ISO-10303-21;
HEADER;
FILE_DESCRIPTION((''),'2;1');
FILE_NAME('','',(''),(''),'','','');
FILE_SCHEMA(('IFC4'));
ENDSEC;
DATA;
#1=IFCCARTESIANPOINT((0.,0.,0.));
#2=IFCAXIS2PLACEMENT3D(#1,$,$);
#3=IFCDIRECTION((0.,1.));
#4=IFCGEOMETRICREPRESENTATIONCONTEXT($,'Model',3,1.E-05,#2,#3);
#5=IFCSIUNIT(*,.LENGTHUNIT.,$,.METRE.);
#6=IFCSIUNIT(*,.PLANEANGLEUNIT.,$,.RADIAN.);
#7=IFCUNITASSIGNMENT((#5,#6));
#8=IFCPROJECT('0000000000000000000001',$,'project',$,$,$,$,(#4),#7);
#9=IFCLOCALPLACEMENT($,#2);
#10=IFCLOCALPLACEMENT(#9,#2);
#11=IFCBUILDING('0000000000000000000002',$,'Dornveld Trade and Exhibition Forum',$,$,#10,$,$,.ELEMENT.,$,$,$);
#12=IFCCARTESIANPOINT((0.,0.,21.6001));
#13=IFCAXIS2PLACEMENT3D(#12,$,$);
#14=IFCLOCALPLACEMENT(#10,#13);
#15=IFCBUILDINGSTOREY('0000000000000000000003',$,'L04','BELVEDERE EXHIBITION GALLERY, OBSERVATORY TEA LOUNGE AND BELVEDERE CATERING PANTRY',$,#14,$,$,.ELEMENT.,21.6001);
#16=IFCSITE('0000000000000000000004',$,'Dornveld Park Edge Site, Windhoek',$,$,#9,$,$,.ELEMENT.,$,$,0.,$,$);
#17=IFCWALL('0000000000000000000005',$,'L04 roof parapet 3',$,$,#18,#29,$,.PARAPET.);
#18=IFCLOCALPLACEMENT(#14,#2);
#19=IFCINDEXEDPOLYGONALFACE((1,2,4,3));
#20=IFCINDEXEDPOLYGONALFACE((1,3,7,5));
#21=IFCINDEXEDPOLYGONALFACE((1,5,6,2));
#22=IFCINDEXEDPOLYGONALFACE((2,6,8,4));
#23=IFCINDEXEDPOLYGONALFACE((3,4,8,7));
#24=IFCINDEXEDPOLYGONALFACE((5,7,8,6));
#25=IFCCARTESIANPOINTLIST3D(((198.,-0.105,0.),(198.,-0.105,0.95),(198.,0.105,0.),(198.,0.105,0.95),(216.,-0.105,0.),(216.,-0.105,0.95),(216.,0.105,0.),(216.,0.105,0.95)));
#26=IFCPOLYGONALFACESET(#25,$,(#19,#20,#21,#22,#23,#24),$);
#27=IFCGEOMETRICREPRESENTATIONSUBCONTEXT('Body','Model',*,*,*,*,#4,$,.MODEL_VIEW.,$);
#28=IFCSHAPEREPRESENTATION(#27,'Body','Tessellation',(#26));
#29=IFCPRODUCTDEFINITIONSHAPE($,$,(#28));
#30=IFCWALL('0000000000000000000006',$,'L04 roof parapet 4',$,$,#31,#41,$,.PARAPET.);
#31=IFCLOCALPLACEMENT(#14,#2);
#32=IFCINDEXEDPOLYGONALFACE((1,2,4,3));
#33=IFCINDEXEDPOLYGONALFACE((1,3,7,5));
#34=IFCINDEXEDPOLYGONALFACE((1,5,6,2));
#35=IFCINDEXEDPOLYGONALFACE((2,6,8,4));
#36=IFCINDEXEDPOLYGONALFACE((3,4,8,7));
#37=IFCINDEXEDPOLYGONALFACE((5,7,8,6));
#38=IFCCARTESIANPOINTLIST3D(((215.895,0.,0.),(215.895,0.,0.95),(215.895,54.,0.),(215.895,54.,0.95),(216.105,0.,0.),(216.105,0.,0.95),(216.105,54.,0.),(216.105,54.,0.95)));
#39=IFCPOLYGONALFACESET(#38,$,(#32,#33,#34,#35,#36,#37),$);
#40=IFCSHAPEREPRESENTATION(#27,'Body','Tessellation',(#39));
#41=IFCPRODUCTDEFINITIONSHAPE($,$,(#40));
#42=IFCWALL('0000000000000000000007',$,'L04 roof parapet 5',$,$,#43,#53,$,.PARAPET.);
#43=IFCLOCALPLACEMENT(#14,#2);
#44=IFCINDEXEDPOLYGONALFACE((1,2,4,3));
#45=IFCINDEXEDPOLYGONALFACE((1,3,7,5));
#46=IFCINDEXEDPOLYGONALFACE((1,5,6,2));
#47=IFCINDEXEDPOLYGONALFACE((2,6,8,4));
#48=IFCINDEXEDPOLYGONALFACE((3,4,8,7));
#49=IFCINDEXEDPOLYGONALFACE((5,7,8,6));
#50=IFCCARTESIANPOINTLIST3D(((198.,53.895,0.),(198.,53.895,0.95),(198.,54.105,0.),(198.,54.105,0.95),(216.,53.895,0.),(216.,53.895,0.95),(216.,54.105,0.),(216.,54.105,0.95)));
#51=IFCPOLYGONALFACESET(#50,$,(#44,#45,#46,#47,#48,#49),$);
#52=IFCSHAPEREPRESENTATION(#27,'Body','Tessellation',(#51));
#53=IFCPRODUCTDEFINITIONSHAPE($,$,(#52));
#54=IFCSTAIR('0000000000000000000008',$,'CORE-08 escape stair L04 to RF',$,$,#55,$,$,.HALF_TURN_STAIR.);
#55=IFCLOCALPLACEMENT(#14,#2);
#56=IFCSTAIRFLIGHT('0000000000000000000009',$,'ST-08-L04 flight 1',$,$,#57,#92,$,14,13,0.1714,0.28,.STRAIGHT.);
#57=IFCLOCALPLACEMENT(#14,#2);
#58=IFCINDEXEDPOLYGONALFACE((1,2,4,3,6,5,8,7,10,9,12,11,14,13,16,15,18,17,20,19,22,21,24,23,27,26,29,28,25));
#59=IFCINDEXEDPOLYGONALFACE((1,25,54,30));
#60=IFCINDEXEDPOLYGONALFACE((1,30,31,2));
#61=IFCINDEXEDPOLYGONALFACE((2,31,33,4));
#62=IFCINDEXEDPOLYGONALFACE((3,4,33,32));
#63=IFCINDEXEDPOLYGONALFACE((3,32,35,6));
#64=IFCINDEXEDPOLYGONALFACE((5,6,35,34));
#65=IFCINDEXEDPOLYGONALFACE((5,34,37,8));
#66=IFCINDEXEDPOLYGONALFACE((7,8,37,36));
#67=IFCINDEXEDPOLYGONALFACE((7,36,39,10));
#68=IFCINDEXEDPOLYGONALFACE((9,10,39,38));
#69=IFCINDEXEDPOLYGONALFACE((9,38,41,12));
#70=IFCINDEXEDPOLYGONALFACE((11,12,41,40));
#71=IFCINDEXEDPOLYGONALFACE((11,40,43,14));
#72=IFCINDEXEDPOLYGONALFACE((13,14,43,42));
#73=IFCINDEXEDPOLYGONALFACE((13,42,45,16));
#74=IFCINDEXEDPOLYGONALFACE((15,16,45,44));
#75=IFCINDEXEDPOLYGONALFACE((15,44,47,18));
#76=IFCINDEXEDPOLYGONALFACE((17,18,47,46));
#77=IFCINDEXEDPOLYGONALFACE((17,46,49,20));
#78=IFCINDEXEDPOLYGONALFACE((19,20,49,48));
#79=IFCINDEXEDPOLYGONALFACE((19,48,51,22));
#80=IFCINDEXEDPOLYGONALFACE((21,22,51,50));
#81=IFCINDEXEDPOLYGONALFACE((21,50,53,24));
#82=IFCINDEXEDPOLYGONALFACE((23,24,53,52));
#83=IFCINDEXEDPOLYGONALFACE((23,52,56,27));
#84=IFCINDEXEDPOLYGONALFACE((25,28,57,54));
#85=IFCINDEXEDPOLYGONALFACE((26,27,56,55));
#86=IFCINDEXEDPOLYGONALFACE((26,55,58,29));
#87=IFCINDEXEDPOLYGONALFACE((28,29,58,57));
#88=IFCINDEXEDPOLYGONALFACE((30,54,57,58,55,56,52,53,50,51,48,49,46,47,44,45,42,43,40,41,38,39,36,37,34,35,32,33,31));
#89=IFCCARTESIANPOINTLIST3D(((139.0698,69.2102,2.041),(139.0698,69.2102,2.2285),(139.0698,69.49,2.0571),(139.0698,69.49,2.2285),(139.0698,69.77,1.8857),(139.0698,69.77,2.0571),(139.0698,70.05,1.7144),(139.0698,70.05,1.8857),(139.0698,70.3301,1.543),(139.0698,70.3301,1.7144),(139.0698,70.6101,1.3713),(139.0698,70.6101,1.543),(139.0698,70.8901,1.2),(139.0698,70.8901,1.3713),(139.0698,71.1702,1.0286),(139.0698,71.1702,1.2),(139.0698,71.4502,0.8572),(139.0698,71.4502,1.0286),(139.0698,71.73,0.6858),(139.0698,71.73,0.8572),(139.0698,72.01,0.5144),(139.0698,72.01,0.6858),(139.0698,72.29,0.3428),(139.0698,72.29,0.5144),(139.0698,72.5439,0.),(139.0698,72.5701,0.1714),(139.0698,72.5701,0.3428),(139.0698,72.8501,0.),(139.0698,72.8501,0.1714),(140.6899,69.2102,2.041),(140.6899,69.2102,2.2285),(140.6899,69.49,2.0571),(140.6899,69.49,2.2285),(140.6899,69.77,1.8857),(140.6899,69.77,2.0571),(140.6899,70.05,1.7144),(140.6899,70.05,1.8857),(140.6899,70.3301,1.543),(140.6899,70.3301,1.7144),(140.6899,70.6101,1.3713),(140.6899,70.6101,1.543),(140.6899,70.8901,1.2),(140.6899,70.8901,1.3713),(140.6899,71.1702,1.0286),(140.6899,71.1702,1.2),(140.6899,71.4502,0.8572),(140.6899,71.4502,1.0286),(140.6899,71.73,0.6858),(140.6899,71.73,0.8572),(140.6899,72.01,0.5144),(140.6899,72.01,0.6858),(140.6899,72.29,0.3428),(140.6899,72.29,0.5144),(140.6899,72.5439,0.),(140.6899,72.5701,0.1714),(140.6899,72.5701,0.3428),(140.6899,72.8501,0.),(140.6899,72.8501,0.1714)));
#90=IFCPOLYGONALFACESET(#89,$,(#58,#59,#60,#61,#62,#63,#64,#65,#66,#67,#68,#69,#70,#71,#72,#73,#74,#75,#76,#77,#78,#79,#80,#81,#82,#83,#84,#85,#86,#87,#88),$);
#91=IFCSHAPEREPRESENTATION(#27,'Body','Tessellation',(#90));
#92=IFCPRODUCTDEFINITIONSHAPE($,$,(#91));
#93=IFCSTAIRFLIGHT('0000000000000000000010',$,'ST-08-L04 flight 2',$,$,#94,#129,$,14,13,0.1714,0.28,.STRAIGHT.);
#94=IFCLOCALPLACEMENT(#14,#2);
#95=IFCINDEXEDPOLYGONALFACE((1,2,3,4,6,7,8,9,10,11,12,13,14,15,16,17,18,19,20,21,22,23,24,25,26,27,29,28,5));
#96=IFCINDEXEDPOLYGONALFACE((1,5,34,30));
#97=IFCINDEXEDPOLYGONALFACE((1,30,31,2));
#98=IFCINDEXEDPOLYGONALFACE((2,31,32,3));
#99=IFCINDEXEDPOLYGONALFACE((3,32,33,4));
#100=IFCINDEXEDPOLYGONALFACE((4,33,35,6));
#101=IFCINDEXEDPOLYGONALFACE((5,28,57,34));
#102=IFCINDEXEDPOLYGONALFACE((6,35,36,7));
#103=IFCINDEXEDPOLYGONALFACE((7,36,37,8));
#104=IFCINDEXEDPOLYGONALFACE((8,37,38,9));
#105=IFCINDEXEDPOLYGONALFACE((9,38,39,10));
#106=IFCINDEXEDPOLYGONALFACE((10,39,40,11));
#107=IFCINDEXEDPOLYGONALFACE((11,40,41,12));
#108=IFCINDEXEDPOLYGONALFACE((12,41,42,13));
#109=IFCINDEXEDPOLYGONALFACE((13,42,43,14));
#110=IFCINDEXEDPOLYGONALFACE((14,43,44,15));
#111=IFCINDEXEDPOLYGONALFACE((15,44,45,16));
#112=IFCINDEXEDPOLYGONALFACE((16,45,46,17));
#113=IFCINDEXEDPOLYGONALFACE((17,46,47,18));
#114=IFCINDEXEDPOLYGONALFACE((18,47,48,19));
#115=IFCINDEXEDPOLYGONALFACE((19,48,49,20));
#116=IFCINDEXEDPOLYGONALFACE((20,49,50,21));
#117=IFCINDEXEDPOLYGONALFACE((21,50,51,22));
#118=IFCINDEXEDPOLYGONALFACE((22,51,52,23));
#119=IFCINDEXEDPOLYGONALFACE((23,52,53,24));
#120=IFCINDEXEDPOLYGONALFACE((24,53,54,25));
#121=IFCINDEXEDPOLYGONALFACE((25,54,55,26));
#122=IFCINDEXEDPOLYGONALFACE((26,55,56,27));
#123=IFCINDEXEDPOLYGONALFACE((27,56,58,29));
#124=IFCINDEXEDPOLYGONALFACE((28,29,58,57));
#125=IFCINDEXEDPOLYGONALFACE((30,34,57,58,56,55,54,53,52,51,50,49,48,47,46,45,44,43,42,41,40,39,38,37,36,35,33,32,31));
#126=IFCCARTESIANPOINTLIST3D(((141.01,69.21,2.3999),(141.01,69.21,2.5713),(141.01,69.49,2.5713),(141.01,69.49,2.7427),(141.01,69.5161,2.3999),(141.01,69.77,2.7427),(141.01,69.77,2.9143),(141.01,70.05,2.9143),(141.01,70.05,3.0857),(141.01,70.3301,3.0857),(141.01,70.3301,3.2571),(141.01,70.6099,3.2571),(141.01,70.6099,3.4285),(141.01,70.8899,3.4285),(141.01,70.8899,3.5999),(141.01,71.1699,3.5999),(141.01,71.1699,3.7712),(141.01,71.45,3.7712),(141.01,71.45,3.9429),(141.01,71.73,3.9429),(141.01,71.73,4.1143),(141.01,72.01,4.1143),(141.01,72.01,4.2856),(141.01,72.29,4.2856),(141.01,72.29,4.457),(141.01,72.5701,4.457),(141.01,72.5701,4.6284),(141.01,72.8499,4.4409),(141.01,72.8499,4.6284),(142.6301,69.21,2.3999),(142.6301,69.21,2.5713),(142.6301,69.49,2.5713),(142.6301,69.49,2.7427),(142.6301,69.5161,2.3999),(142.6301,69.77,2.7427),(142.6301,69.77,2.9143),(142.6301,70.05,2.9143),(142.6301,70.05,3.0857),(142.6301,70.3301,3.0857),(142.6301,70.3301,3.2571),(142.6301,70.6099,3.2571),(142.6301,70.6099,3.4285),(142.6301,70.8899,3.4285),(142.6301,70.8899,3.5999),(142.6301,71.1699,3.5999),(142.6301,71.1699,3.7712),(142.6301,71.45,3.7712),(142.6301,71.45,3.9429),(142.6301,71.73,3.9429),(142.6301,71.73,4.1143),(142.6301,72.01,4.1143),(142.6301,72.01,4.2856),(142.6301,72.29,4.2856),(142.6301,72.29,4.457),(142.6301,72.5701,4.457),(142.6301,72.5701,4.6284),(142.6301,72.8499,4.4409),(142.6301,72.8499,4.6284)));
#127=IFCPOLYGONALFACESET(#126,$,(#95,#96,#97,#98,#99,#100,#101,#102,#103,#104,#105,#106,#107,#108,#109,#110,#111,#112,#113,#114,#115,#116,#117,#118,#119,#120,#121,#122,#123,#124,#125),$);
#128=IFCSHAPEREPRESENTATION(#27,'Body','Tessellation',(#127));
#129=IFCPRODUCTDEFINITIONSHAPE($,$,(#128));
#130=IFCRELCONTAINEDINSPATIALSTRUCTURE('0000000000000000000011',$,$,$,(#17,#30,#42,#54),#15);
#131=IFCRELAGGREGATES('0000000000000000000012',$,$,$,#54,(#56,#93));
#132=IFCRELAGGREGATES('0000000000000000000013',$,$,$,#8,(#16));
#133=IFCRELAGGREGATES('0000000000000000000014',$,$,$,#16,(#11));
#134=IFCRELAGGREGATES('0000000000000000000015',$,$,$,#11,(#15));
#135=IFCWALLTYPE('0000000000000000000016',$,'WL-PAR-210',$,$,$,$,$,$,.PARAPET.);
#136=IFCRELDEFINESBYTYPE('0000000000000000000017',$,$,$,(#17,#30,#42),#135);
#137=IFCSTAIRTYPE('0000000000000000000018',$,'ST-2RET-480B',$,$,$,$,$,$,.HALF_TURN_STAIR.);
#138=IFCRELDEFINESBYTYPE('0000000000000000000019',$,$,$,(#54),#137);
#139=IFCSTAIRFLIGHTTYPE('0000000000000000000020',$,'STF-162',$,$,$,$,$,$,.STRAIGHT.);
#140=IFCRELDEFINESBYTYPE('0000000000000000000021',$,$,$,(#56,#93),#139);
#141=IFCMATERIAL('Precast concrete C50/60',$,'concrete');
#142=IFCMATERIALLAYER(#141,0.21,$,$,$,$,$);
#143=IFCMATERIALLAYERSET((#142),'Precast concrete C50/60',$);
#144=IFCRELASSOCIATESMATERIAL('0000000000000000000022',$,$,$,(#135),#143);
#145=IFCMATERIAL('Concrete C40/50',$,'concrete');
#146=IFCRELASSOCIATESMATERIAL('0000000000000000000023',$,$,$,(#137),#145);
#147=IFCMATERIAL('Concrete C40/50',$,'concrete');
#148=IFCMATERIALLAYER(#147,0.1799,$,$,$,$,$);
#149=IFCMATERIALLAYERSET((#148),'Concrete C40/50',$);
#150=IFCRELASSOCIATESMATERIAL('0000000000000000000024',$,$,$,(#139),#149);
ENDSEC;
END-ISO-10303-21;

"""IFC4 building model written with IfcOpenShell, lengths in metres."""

from ifc_helpers import new_model, si_unit, direction, frame, frame_2d, origin, place, context, subcontext, project, spatial, polyline, rectangle, outline, extrude, material, layer, layer_set, type_object, element, aggregate, save


model = new_model("IFC4")

# Units and contexts
model_context = context("Model", 3, precision=1e-05, world=origin(), true_north=direction((0.0, 1.0)))
body_context = subcontext(model_context, "Body", "Model", "MODEL_VIEW")
ifc_project = project(units=[si_unit("LENGTHUNIT", "METRE"), si_unit("PLANEANGLEUNIT", "RADIAN")], contexts=[model_context])

# Site, building, storey
site_placement = place(None, origin())
site = spatial("IfcSite", under=ifc_project, at=site_placement, Name="Dornveld Park Edge Site, Windhoek", CompositionType="ELEMENT", RefElevation=0.0)
building_placement = place(site_placement, origin())
building = spatial("IfcBuilding", under=site, at=building_placement, Name="Dornveld Trade and Exhibition Forum", CompositionType="ELEMENT")
storey_placement = place(building_placement, frame((0.0, 0.0, 21.6001)))
storey = spatial("IfcBuildingStorey", under=building, at=storey_placement, Name="L04", Description="BELVEDERE EXHIBITION GALLERY, OBSERVATORY TEA LOUNGE AND BELVEDERE CATERING PANTRY", CompositionType="ELEMENT", Elevation=21.6001)

# Walls
ifc_material_1 = material(Name="Precast concrete C50/60", Category="concrete")
ifc_layer_1 = layer(ifc_material_1, 0.21)
ifc_layer_set_1 = layer_set([ifc_layer_1], Name="Precast concrete C50/60")
wall_type_1 = type_object("IfcWallType", Name="WL-PAR-210", PredefinedType="PARAPET", material=ifc_layer_set_1)
wall_1_placement = place(storey_placement, frame((198.0, 0.0, 0.0), z_axis=(0.0, 0.0, 1.0), x_axis=(1.0, 0.0, 0.0)))
element("IfcWall", 1, at=wall_1_placement, inside=storey, type_object=wall_type_1, Name="L04 roof parapet 3", PredefinedType="PARAPET", context=body_context, shape_type="SweptSolid", body=[
    extrude(rectangle(XDim=18.0, YDim=0.21, at=frame_2d((9.0, 0.0))), origin(), (0.0, 0.0, 1.0), 0.95),
])
wall_2_placement = place(storey_placement, frame((216.0, 0.0, 0.0), z_axis=(0.0, 0.0, 1.0), x_axis=(0.0, 1.0, 0.0)))
element("IfcWall", 2, at=wall_2_placement, inside=storey, type_object=wall_type_1, Name="L04 roof parapet 4", PredefinedType="PARAPET", context=body_context, shape_type="SweptSolid", body=[
    extrude(rectangle(XDim=54.0, YDim=0.21, at=frame_2d((27.0, 0.0))), origin(), (0.0, 0.0, 1.0), 0.95),
])
wall_3_placement = place(storey_placement, frame((216.0, 54.0, 0.0), z_axis=(0.0, 0.0, 1.0), x_axis=(-1.0, 0.0, 0.0)))
element("IfcWall", 3, at=wall_3_placement, inside=storey, type_object=wall_type_1, Name="L04 roof parapet 5", PredefinedType="PARAPET", context=body_context, shape_type="SweptSolid", body=[
    extrude(rectangle(XDim=18.0, YDim=0.21, at=frame_2d((9.0, 0.0))), origin(), (0.0, 0.0, 1.0), 0.95),
])

# Stair, stair flights
ifc_material_2 = material(Name="Concrete C40/50", Category="concrete")
stair_type = type_object("IfcStairType", Name="ST-2RET-480B", PredefinedType="HALF_TURN_STAIR", material=ifc_material_2)
stair_placement = place(storey_placement, origin())
stair = element("IfcStair", 4, at=stair_placement, inside=storey, type_object=stair_type, Name="CORE-08 escape stair L04 to RF", PredefinedType="HALF_TURN_STAIR")
ifc_material_3 = material(Name="Concrete C40/50", Category="concrete")
ifc_layer_2 = layer(ifc_material_3, 0.1799)
ifc_layer_set_2 = layer_set([ifc_layer_2], Name="Concrete C40/50")
stair_flight_type = type_object("IfcStairFlightType", Name="STF-162", PredefinedType="STRAIGHT", material=ifc_layer_set_2)
stair_flight_1_placement = place(storey_placement, frame((139.8799, 72.8501, 0.0), z_axis=(0.0, 0.0, 1.0), x_axis=(0.0, -1.0, 0.0)))
stair_flight_1 = element("IfcStairFlight", 5, at=stair_flight_1_placement, type_object=stair_flight_type, Name="ST-08-L04 flight 1", NumberOfRisers=14, NumberOfTreads=13, PredefinedType="STRAIGHT", RiserHeight=0.1714, TreadLength=0.28, context=body_context, shape_type="SweptSolid", body=[
    extrude(outline(polyline([(0.0, 0.0), (0.0, 0.1714), (0.28, 0.1714), (0.28, 0.3428), (0.5601, 0.3428), (0.5601, 0.5144), (0.8401, 0.5144), (0.8401, 0.6858), (1.1201, 0.6858), (1.1201, 0.8572), (1.3999, 0.8572), (1.3999, 1.0286), (1.6799, 1.0286), (1.6799, 1.2), (1.96, 1.2), (1.96, 1.3713), (2.24, 1.3713), (2.24, 1.543), (2.52, 1.543), (2.52, 1.7144), (2.8, 1.7144), (2.8, 1.8857), (3.0801, 1.8857), (3.0801, 2.0571), (3.3601, 2.0571), (3.3601, 2.2285), (3.6399, 2.2285), (3.6399, 2.3999), (3.6399, 2.041), (0.3062, 0.0), (0.0, 0.0)])), frame((0.0, 0.8101, 0.0), z_axis=(0.0, -1.0, 0.0), x_axis=(1.0, 0.0, 0.0)), (0.0, 0.0, 1.0), 1.6201),
])
stair_flight_2_placement = place(storey_placement, frame((141.8201, 69.21, 2.3999), z_axis=(0.0, 0.0, 1.0), x_axis=(0.0, 1.0, 0.0)))
stair_flight_2 = element("IfcStairFlight", 6, at=stair_flight_2_placement, type_object=stair_flight_type, Name="ST-08-L04 flight 2", NumberOfRisers=14, NumberOfTreads=13, PredefinedType="STRAIGHT", RiserHeight=0.1714, TreadLength=0.28, context=body_context, shape_type="SweptSolid", body=[
    extrude(outline(polyline([(0.0, 0.0), (0.0, 0.1714), (0.28, 0.1714), (0.28, 0.3428), (0.5601, 0.3428), (0.5601, 0.5144), (0.8401, 0.5144), (0.8401, 0.6858), (1.1201, 0.6858), (1.1201, 0.8572), (1.3999, 0.8572), (1.3999, 1.0286), (1.6799, 1.0286), (1.6799, 1.2), (1.96, 1.2), (1.96, 1.3713), (2.24, 1.3713), (2.24, 1.543), (2.52, 1.543), (2.52, 1.7144), (2.8, 1.7144), (2.8, 1.8857), (3.0801, 1.8857), (3.0801, 2.0571), (3.3601, 2.0571), (3.3601, 2.2285), (3.6399, 2.2285), (3.6399, 2.3999), (3.6399, 2.041), (0.3062, 0.0), (0.0, 0.0)])), frame((0.0, 0.8101, 0.0), z_axis=(0.0, -1.0, 0.0), x_axis=(1.0, 0.0, 0.0)), (0.0, 0.0, 1.0), 1.6201),
])
aggregate(stair, [stair_flight_1, stair_flight_2])

save(model, "model.ifc")
